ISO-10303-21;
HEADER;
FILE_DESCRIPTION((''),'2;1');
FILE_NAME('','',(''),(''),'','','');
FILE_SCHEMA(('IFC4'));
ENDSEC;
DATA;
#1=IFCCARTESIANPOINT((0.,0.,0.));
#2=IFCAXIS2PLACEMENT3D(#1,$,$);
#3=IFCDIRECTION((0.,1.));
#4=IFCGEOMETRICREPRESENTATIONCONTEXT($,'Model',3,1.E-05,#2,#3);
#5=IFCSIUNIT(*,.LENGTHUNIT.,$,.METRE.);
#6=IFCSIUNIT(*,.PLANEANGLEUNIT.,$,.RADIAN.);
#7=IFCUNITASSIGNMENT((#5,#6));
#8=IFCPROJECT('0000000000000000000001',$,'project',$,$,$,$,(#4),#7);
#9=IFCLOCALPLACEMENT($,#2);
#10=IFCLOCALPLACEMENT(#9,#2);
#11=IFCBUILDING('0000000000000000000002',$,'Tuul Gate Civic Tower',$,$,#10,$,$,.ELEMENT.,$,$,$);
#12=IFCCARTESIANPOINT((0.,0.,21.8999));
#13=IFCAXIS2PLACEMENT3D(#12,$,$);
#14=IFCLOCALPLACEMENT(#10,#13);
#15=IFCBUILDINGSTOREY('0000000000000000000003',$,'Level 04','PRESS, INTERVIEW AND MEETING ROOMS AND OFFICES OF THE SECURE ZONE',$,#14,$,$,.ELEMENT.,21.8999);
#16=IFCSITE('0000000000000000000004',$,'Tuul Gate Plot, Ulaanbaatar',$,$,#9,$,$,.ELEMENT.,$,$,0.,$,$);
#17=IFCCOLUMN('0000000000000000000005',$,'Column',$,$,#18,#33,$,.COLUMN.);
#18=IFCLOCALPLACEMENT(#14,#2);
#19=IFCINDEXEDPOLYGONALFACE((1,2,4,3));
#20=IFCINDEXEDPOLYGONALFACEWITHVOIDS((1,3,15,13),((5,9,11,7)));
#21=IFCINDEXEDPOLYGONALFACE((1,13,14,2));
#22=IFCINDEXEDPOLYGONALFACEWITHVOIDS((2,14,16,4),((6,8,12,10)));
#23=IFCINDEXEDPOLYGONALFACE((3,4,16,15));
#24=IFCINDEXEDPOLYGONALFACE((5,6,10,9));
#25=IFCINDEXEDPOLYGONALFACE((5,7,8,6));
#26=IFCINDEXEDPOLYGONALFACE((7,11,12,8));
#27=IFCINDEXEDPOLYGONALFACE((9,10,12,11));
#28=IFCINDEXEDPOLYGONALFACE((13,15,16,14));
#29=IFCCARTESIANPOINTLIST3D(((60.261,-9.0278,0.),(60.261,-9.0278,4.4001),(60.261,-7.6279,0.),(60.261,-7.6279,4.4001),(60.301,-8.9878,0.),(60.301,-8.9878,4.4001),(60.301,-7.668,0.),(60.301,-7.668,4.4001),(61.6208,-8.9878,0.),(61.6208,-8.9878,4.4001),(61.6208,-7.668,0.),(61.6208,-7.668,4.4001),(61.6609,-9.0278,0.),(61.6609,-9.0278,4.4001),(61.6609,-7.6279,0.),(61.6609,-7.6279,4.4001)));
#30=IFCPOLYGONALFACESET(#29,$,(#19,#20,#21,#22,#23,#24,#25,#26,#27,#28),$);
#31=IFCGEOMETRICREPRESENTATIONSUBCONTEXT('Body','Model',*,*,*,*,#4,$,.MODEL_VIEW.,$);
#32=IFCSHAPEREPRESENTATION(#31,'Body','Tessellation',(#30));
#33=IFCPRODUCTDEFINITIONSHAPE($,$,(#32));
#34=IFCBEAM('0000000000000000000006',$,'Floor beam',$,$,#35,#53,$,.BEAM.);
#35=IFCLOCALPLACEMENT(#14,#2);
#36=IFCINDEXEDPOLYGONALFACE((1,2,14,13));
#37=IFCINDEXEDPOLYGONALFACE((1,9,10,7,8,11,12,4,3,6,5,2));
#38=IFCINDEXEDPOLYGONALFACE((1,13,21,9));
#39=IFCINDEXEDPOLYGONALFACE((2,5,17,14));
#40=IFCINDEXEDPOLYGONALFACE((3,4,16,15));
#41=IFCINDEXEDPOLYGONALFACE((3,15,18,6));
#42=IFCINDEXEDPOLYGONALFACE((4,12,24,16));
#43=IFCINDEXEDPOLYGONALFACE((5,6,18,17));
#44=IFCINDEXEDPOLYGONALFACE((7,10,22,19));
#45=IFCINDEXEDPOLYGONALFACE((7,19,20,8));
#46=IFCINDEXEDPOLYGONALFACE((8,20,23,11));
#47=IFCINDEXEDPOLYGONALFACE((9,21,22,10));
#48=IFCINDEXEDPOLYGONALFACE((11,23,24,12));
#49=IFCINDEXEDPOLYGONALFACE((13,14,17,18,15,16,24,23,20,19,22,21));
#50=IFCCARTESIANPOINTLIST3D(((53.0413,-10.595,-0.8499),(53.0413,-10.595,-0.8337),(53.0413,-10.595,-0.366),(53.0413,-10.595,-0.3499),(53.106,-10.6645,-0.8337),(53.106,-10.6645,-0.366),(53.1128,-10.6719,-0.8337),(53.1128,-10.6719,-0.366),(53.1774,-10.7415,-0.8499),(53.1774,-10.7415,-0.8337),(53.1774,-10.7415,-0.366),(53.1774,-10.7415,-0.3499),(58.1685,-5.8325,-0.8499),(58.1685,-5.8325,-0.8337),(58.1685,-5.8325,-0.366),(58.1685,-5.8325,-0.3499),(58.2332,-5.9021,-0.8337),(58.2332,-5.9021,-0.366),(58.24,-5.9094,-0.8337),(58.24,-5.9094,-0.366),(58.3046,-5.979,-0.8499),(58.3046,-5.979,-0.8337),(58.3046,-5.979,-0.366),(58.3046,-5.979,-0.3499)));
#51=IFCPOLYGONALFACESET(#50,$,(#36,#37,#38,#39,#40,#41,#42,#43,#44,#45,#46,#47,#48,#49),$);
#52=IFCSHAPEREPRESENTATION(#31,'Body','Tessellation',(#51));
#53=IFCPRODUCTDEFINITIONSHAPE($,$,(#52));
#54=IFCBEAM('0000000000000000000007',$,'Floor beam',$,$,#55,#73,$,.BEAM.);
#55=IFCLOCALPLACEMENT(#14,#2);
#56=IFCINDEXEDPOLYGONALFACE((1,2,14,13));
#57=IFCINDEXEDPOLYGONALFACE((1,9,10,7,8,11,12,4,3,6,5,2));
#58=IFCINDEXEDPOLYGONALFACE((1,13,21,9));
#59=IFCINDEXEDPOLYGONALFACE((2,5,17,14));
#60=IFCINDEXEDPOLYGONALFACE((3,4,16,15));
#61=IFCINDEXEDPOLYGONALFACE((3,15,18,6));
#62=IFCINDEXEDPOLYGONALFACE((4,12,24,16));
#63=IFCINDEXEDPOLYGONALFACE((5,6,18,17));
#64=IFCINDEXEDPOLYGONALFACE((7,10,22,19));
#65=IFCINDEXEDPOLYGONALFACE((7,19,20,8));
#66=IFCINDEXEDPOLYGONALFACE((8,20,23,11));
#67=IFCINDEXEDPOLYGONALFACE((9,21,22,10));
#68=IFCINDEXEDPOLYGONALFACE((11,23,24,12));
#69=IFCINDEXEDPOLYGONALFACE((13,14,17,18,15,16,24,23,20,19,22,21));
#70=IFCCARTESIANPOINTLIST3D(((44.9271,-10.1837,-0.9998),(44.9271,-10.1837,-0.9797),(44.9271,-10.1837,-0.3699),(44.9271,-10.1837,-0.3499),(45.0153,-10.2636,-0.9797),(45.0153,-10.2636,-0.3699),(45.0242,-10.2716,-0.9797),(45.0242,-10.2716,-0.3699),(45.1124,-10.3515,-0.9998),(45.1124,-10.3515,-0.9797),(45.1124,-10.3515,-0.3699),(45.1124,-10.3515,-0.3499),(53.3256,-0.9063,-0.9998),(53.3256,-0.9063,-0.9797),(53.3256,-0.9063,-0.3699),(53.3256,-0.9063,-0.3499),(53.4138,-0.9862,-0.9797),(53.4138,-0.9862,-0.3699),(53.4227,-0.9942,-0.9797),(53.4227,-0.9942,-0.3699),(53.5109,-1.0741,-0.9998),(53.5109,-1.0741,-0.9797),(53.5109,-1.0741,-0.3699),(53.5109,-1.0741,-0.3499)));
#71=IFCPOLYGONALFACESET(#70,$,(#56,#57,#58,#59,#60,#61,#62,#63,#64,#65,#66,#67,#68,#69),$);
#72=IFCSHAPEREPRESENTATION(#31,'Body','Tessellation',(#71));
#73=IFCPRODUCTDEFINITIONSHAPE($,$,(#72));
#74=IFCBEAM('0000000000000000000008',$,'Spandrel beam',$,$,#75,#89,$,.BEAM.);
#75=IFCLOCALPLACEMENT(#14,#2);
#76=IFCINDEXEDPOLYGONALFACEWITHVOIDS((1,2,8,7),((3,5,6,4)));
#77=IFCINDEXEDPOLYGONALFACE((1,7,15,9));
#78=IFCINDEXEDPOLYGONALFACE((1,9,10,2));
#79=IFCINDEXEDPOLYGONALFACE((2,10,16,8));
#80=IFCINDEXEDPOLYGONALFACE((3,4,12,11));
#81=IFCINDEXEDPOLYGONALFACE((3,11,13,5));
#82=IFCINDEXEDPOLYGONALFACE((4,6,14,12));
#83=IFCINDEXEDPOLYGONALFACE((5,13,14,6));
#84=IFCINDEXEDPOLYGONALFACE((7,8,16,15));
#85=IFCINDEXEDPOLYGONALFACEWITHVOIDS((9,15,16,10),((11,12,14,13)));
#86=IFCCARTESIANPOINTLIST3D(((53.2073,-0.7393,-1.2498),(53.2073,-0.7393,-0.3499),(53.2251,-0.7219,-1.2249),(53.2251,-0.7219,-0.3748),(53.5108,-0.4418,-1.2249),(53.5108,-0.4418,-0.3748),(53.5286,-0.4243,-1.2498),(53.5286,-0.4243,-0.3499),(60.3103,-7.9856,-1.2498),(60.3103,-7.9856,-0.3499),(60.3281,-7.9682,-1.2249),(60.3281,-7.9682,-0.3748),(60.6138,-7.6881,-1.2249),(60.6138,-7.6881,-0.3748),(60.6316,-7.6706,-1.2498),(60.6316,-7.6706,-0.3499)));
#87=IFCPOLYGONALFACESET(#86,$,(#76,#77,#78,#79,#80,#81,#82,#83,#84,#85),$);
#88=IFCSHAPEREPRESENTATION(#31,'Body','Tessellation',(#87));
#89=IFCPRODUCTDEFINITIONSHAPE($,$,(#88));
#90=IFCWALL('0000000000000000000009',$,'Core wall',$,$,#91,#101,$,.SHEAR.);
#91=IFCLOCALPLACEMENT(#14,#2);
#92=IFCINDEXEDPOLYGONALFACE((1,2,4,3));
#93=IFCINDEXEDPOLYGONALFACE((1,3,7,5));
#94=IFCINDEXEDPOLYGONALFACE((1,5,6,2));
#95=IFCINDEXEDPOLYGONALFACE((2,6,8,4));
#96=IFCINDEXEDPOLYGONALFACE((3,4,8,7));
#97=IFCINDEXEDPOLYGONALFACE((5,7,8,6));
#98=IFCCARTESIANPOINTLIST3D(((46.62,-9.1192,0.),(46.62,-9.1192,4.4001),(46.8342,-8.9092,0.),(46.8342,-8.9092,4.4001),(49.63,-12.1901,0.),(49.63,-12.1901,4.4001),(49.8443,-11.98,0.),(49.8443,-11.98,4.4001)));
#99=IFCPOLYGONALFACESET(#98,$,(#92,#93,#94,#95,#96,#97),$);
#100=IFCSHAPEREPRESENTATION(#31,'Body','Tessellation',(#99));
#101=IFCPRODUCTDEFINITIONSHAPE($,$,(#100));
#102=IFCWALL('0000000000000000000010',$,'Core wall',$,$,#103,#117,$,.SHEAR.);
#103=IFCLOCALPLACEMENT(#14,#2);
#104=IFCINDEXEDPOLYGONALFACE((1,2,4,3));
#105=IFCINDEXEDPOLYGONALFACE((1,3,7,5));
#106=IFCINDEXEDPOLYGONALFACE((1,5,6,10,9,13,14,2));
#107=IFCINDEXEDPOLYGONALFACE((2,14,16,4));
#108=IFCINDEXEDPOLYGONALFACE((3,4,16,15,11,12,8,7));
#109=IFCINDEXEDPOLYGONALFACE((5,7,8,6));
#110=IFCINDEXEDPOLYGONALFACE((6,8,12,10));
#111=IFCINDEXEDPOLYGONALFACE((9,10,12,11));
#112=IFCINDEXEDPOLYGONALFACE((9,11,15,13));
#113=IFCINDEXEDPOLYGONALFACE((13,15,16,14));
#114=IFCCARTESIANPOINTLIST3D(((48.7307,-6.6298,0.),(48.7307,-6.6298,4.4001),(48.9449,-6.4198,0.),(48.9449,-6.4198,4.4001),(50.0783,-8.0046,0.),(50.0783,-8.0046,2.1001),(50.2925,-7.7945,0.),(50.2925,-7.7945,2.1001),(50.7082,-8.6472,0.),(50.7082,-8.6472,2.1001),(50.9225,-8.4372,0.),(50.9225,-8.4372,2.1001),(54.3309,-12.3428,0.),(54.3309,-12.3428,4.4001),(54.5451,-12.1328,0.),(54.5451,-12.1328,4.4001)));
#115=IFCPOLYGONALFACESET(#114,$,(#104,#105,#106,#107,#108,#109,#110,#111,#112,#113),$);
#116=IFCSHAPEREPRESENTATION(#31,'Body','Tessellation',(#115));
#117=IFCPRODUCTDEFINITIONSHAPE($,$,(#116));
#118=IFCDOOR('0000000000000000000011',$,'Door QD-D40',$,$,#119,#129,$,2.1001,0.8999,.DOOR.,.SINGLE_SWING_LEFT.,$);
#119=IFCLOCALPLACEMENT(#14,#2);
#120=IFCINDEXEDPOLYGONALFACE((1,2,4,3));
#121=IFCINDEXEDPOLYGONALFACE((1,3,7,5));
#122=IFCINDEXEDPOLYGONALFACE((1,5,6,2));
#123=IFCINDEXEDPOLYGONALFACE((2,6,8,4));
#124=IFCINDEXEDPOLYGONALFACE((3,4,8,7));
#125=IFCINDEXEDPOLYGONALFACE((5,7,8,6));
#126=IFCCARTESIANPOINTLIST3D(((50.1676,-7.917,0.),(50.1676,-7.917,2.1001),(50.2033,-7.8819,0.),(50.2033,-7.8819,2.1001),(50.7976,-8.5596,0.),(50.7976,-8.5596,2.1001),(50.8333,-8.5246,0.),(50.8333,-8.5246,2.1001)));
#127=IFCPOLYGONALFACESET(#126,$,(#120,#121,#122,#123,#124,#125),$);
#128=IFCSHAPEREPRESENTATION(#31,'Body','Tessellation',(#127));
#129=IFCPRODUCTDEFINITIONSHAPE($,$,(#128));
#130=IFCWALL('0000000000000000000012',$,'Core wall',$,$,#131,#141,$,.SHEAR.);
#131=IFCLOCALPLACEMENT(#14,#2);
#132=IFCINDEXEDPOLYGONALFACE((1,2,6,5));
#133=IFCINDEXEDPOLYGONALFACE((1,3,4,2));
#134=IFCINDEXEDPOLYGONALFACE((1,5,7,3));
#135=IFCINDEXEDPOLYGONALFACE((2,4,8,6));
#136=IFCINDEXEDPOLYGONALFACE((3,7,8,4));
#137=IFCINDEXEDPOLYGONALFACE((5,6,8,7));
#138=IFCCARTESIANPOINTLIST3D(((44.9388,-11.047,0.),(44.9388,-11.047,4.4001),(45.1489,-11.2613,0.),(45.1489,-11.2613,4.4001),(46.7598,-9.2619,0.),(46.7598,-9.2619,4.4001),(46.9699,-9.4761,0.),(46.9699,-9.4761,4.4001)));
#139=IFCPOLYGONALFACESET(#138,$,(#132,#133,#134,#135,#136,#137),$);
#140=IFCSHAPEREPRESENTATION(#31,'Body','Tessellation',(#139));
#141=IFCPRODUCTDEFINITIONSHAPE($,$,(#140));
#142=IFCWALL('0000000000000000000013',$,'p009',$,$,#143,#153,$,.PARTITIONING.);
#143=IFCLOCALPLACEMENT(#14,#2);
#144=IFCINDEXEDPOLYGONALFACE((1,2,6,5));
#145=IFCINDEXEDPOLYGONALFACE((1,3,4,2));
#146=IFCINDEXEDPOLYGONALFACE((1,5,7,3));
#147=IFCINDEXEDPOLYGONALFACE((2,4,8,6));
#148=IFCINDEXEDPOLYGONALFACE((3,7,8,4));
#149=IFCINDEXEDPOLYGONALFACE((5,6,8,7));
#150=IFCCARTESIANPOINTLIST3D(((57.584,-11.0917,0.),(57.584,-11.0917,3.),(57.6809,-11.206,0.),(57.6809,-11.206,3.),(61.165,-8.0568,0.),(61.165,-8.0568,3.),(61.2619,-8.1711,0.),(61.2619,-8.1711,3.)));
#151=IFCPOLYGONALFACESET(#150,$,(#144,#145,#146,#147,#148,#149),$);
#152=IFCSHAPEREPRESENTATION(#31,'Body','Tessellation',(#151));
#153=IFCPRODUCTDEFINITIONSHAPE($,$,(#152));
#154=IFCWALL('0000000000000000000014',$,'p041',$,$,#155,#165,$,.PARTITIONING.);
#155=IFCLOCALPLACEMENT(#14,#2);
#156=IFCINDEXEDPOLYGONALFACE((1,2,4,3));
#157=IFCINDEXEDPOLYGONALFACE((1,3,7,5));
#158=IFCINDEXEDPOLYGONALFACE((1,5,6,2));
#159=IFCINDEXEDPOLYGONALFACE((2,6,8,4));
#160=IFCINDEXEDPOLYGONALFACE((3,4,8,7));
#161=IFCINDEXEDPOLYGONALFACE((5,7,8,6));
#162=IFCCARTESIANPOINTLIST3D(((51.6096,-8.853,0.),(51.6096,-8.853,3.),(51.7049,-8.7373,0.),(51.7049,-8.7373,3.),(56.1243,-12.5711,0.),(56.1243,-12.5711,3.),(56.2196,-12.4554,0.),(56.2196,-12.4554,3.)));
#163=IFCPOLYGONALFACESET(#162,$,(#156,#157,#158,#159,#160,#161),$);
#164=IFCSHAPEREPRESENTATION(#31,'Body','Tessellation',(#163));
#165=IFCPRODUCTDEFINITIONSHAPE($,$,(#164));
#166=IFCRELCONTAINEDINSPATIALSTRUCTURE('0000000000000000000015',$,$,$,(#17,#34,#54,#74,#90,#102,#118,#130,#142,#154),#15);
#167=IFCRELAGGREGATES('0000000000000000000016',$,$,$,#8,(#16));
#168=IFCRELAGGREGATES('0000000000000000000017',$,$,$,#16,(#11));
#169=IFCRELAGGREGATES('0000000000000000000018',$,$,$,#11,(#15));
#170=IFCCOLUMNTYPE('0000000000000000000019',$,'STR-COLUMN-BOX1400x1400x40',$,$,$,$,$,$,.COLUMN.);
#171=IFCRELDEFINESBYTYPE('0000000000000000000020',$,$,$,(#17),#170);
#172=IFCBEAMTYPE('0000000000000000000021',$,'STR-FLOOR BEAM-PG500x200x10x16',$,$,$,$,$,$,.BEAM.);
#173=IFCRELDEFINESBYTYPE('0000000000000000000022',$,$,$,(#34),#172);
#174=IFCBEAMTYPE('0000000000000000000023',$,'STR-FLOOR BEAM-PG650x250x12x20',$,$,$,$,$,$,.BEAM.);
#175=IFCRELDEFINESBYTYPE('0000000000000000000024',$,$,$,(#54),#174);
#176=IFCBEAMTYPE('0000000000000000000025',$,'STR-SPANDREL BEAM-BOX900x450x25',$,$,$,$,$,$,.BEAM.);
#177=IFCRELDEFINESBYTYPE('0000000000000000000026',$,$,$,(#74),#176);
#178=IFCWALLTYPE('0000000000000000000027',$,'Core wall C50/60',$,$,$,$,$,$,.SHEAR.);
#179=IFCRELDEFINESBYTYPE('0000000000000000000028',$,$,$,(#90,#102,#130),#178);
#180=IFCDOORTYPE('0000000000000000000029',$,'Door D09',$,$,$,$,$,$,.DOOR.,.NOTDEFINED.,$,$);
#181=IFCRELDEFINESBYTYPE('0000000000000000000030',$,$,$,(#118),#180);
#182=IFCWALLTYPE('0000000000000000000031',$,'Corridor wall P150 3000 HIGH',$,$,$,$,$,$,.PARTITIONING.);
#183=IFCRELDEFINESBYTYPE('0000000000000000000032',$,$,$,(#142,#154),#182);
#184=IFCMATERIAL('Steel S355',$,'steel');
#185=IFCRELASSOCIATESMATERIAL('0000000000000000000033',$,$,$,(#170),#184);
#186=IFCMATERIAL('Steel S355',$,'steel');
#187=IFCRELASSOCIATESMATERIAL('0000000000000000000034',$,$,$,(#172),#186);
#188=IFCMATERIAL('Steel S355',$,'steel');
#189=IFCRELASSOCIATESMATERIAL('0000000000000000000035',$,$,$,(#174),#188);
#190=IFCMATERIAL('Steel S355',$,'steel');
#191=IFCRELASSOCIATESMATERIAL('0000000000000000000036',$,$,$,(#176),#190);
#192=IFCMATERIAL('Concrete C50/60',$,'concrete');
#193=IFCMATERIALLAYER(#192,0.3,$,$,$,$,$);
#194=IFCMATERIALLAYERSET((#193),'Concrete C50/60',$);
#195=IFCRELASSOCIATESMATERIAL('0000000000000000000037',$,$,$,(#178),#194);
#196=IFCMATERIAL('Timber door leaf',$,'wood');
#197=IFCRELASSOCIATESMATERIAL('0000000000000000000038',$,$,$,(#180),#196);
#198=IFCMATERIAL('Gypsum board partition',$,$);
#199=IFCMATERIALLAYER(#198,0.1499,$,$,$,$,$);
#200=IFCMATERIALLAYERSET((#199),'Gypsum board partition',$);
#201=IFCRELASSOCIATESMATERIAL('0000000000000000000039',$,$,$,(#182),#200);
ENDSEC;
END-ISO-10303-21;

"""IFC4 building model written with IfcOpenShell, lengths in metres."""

from ifc_helpers import new_model, si_unit, direction, frame, frame_2d, origin, origin_2d, place, context, subcontext, project, spatial, rectangle, hollow_rectangle, i_section, extrude, material, layer, layer_set, material_profile, profile_set, type_object, element, fill, save


model = new_model("IFC4")

# Units and contexts
model_context = context("Model", 3, precision=1e-05, world=origin(), true_north=direction((0.0, 1.0)))
body_context = subcontext(model_context, "Body", "Model", "MODEL_VIEW")
ifc_project = project(units=[si_unit("LENGTHUNIT", "METRE"), si_unit("PLANEANGLEUNIT", "RADIAN")], contexts=[model_context])

# Site, building, storey
site_placement = place(None, origin())
site = spatial("IfcSite", under=ifc_project, at=site_placement, Name="Tuul Gate Plot, Ulaanbaatar", CompositionType="ELEMENT", RefElevation=0.0)
building_placement = place(site_placement, origin())
building = spatial("IfcBuilding", under=site, at=building_placement, Name="Tuul Gate Civic Tower", CompositionType="ELEMENT")
storey_placement = place(building_placement, frame((0.0, 0.0, 21.8999)))
storey = spatial("IfcBuildingStorey", under=building, at=storey_placement, Name="Level 04", Description="PRESS, INTERVIEW AND MEETING ROOMS AND OFFICES OF THE SECURE ZONE", CompositionType="ELEMENT", Elevation=21.8999)

# Column
ifc_material_1 = material(Name="Steel S355", Category="steel")
ifc_material_profile_1 = material_profile(ifc_material_1, hollow_rectangle(XDim=1.3999, YDim=1.3999, WallThickness=0.04, at=origin_2d()), Name="BOX1400x1400x40")
ifc_profile_set_1 = profile_set([ifc_material_profile_1], Name="Steel S355")
column_type = type_object("IfcColumnType", Name="STR-COLUMN-BOX1400x1400x40", PredefinedType="COLUMN", material=ifc_profile_set_1)
column_placement = place(storey_placement, frame((60.9609, -8.3279, 0.0), z_axis=(0.0, 0.0, 1.0), x_axis=(1.0, 0.0, 0.0)))
element("IfcColumn", 1, at=column_placement, inside=storey, type_object=column_type, Name="Column", PredefinedType="COLUMN", context=body_context, shape_type="SweptSolid", body=[
    extrude(hollow_rectangle(XDim=1.3999, YDim=1.3999, WallThickness=0.04, at=origin_2d()), origin(), (0.0, 0.0, 1.0), 4.4001),
])

# Beams
ifc_material_2 = material(Name="Steel S355", Category="steel")
ifc_material_profile_2 = material_profile(ifc_material_2, i_section(OverallWidth=0.2, OverallDepth=0.5, WebThickness=0.01, FlangeThickness=0.0161, at=origin_2d()), Name="PG500x200x10x16")
ifc_profile_set_2 = profile_set([ifc_material_profile_2], Name="Steel S355")
beam_type_1 = type_object("IfcBeamType", Name="STR-FLOOR BEAM-PG500x200x10x16", PredefinedType="BEAM", material=ifc_profile_set_2)
beam_1_placement = place(storey_placement, frame((53.1094, -10.6682, -0.5999), z_axis=(0.732688, 0.680565, 0.0), x_axis=(-0.680565, 0.732688, 0.0)))
element("IfcBeam", 2, at=beam_1_placement, inside=storey, type_object=beam_type_1, Name="Floor beam", PredefinedType="BEAM", context=body_context, shape_type="SweptSolid", body=[
    extrude(i_section(OverallWidth=0.2, OverallDepth=0.5, WebThickness=0.01, FlangeThickness=0.0161, at=origin_2d()), origin(), (0.0, 0.0, 1.0), 6.9978),
])
ifc_material_3 = material(Name="Steel S355", Category="steel")
ifc_material_profile_3 = material_profile(ifc_material_3, i_section(OverallWidth=0.25, OverallDepth=0.6499, WebThickness=0.012, FlangeThickness=0.02, at=origin_2d()), Name="PG650x250x12x20")
ifc_profile_set_3 = profile_set([ifc_material_profile_3], Name="Steel S355")
beam_type_2 = type_object("IfcBeamType", Name="STR-FLOOR BEAM-PG650x250x12x20", PredefinedType="BEAM", material=ifc_profile_set_3)
beam_2_placement = place(storey_placement, frame((45.0198, -10.2676, -0.6748), z_axis=(0.671118, 0.741351, 0.0), x_axis=(-0.741351, 0.671118, 0.0)))
element("IfcBeam", 3, at=beam_2_placement, inside=storey, type_object=beam_type_2, Name="Floor beam", PredefinedType="BEAM", context=body_context, shape_type="SweptSolid", body=[
    extrude(i_section(OverallWidth=0.25, OverallDepth=0.6499, WebThickness=0.012, FlangeThickness=0.02, at=origin_2d()), origin(), (0.0, 0.0, 1.0), 12.5142),
])
ifc_material_4 = material(Name="Steel S355", Category="steel")
ifc_material_profile_4 = material_profile(ifc_material_4, hollow_rectangle(XDim=0.45, YDim=0.8999, WallThickness=0.0249, at=origin_2d()), Name="BOX900x450x25")
ifc_profile_set_4 = profile_set([ifc_material_profile_4], Name="Steel S355")
beam_type_3 = type_object("IfcBeamType", Name="STR-SPANDREL BEAM-BOX900x450x25", PredefinedType="BEAM", material=ifc_profile_set_4)
beam_3_placement = place(storey_placement, frame((60.4709, -7.8281, -0.7998), z_axis=(-0.70001, 0.714133, 0.0), x_axis=(-0.714133, -0.70001, 0.0)))
element("IfcBeam", 4, at=beam_3_placement, inside=storey, type_object=beam_type_3, Name="Spandrel beam", PredefinedType="BEAM", context=body_context, shape_type="SweptSolid", body=[
    extrude(hollow_rectangle(XDim=0.45, YDim=0.8999, WallThickness=0.0249, at=origin_2d()), origin(), (0.0, 0.0, 1.0), 10.147),
])

# Wall
ifc_material_5 = material(Name="Concrete C50/60", Category="concrete")
ifc_layer_1 = layer(ifc_material_5, 0.3)
ifc_layer_set_1 = layer_set([ifc_layer_1], Name="Concrete C50/60")
wall_type_1 = type_object("IfcWallType", Name="Core wall C50/60", PredefinedType="SHEAR", material=ifc_layer_set_1)
wall_1_placement = place(storey_placement, frame((49.7371, -12.085, 0.0), z_axis=(0.0, 0.0, 1.0), x_axis=(-0.700003, 0.71414, 0.0)))
element("IfcWall", 5, at=wall_1_placement, inside=storey, type_object=wall_type_1, Name="Core wall", PredefinedType="SHEAR", context=body_context, shape_type="SweptSolid", body=[
    extrude(rectangle(XDim=4.3, YDim=0.3, at=frame_2d((2.1499, 0.0))), origin(), (0.0, 0.0, 1.0), 4.4001),
])

# Wall, opening, door
wall_2_placement = place(storey_placement, frame((54.438, -12.2378, 0.0), z_axis=(0.0, 0.0, 1.0), x_axis=(-0.700022, 0.714121, 0.0)))
wall_2 = element("IfcWall", 6, at=wall_2_placement, inside=storey, type_object=wall_type_1, Name="Core wall", PredefinedType="SHEAR", context=body_context, shape_type="SweptSolid", body=[
    extrude(rectangle(XDim=8.0, YDim=0.3, at=frame_2d((4.0, 0.0))), origin(), (0.0, 0.0, 1.0), 4.4001),
])
opening_1_placement = place(wall_2_placement, frame((5.175, 0.0, 0.0)))
opening_1 = element("IfcOpeningElement", 7, at=opening_1_placement, cuts=wall_2, PredefinedType="OPENING", context=body_context, shape_type="SweptSolid", body=[
    extrude(rectangle(XDim=0.8999, YDim=2.1001, at=frame_2d((0.45, 1.05))), frame((0.0, 0.1602, 0.0), z_axis=(0.0, -1.0, 0.0), x_axis=(1.0, 0.0, 0.0)), (0.0, 0.0, 1.0), 0.3201),
])
ifc_material_6 = material(Name="Timber door leaf", Category="wood")
door_type = type_object("IfcDoorType", Name="Door D09", OperationType="NOTDEFINED", PredefinedType="DOOR", material=ifc_material_6)
door_placement = place(opening_1_placement, origin())
door = element("IfcDoor", 8, at=door_placement, inside=storey, type_object=door_type, Name="Door QD-D40", OperationType="SINGLE_SWING_LEFT", OverallHeight=2.1001, OverallWidth=0.8999, PredefinedType="DOOR", context=body_context, shape_type="SweptSolid", body=[
    extrude(rectangle(XDim=0.8999, YDim=2.1001, at=frame_2d((0.45, 1.05))), frame((0.0, 0.0249, 0.0), z_axis=(0.0, -1.0, 0.0), x_axis=(1.0, 0.0, 0.0)), (0.0, 0.0, 1.0), 0.05),
])
fill(opening_1, door)

# Walls
wall_3_placement = place(storey_placement, frame((45.0439, -11.1541, 0.0), z_axis=(0.0, 0.0, 1.0), x_axis=(0.714108, 0.700035, 0.0)))
element("IfcWall", 9, at=wall_3_placement, inside=storey, type_object=wall_type_1, Name="Core wall", PredefinedType="SHEAR", context=body_context, shape_type="SweptSolid", body=[
    extrude(rectangle(XDim=2.55, YDim=0.3, at=frame_2d((1.2749, 0.0))), origin(), (0.0, 0.0, 1.0), 4.4001),
])
ifc_material_7 = material(Name="Gypsum board partition")
ifc_layer_2 = layer(ifc_material_7, 0.1499)
ifc_layer_set_2 = layer_set([ifc_layer_2], Name="Gypsum board partition")
wall_type_2 = type_object("IfcWallType", Name="Corridor wall P150 3000 HIGH", PredefinedType="PARTITIONING", material=ifc_layer_set_2)
wall_4_placement = place(storey_placement, frame((57.6323, -11.1489, 0.0), z_axis=(0.0, 0.0, 1.0), x_axis=(0.762883, 0.646537, 0.0)))
element("IfcWall", 10, at=wall_4_placement, inside=storey, type_object=wall_type_2, Name="p009", PredefinedType="PARTITIONING", context=body_context, shape_type="SweptSolid", body=[
    extrude(rectangle(XDim=4.6941, YDim=0.1499, at=frame_2d((2.3472, 0.0))), origin(), (0.0, 0.0, 1.0), 3.0),
])
wall_5_placement = place(storey_placement, frame((51.6572, -8.7952, 0.0), z_axis=(0.0, 0.0, 1.0), x_axis=(0.771924, -0.635715, 0.0)))
element("IfcWall", 11, at=wall_5_placement, inside=storey, type_object=wall_type_2, Name="p041", PredefinedType="PARTITIONING", context=body_context, shape_type="SweptSolid", body=[
    extrude(rectangle(XDim=5.8486, YDim=0.1499, at=frame_2d((2.9243, 0.0))), origin(), (0.0, 0.0, 1.0), 3.0),
])

save(model, "model.ifc")
